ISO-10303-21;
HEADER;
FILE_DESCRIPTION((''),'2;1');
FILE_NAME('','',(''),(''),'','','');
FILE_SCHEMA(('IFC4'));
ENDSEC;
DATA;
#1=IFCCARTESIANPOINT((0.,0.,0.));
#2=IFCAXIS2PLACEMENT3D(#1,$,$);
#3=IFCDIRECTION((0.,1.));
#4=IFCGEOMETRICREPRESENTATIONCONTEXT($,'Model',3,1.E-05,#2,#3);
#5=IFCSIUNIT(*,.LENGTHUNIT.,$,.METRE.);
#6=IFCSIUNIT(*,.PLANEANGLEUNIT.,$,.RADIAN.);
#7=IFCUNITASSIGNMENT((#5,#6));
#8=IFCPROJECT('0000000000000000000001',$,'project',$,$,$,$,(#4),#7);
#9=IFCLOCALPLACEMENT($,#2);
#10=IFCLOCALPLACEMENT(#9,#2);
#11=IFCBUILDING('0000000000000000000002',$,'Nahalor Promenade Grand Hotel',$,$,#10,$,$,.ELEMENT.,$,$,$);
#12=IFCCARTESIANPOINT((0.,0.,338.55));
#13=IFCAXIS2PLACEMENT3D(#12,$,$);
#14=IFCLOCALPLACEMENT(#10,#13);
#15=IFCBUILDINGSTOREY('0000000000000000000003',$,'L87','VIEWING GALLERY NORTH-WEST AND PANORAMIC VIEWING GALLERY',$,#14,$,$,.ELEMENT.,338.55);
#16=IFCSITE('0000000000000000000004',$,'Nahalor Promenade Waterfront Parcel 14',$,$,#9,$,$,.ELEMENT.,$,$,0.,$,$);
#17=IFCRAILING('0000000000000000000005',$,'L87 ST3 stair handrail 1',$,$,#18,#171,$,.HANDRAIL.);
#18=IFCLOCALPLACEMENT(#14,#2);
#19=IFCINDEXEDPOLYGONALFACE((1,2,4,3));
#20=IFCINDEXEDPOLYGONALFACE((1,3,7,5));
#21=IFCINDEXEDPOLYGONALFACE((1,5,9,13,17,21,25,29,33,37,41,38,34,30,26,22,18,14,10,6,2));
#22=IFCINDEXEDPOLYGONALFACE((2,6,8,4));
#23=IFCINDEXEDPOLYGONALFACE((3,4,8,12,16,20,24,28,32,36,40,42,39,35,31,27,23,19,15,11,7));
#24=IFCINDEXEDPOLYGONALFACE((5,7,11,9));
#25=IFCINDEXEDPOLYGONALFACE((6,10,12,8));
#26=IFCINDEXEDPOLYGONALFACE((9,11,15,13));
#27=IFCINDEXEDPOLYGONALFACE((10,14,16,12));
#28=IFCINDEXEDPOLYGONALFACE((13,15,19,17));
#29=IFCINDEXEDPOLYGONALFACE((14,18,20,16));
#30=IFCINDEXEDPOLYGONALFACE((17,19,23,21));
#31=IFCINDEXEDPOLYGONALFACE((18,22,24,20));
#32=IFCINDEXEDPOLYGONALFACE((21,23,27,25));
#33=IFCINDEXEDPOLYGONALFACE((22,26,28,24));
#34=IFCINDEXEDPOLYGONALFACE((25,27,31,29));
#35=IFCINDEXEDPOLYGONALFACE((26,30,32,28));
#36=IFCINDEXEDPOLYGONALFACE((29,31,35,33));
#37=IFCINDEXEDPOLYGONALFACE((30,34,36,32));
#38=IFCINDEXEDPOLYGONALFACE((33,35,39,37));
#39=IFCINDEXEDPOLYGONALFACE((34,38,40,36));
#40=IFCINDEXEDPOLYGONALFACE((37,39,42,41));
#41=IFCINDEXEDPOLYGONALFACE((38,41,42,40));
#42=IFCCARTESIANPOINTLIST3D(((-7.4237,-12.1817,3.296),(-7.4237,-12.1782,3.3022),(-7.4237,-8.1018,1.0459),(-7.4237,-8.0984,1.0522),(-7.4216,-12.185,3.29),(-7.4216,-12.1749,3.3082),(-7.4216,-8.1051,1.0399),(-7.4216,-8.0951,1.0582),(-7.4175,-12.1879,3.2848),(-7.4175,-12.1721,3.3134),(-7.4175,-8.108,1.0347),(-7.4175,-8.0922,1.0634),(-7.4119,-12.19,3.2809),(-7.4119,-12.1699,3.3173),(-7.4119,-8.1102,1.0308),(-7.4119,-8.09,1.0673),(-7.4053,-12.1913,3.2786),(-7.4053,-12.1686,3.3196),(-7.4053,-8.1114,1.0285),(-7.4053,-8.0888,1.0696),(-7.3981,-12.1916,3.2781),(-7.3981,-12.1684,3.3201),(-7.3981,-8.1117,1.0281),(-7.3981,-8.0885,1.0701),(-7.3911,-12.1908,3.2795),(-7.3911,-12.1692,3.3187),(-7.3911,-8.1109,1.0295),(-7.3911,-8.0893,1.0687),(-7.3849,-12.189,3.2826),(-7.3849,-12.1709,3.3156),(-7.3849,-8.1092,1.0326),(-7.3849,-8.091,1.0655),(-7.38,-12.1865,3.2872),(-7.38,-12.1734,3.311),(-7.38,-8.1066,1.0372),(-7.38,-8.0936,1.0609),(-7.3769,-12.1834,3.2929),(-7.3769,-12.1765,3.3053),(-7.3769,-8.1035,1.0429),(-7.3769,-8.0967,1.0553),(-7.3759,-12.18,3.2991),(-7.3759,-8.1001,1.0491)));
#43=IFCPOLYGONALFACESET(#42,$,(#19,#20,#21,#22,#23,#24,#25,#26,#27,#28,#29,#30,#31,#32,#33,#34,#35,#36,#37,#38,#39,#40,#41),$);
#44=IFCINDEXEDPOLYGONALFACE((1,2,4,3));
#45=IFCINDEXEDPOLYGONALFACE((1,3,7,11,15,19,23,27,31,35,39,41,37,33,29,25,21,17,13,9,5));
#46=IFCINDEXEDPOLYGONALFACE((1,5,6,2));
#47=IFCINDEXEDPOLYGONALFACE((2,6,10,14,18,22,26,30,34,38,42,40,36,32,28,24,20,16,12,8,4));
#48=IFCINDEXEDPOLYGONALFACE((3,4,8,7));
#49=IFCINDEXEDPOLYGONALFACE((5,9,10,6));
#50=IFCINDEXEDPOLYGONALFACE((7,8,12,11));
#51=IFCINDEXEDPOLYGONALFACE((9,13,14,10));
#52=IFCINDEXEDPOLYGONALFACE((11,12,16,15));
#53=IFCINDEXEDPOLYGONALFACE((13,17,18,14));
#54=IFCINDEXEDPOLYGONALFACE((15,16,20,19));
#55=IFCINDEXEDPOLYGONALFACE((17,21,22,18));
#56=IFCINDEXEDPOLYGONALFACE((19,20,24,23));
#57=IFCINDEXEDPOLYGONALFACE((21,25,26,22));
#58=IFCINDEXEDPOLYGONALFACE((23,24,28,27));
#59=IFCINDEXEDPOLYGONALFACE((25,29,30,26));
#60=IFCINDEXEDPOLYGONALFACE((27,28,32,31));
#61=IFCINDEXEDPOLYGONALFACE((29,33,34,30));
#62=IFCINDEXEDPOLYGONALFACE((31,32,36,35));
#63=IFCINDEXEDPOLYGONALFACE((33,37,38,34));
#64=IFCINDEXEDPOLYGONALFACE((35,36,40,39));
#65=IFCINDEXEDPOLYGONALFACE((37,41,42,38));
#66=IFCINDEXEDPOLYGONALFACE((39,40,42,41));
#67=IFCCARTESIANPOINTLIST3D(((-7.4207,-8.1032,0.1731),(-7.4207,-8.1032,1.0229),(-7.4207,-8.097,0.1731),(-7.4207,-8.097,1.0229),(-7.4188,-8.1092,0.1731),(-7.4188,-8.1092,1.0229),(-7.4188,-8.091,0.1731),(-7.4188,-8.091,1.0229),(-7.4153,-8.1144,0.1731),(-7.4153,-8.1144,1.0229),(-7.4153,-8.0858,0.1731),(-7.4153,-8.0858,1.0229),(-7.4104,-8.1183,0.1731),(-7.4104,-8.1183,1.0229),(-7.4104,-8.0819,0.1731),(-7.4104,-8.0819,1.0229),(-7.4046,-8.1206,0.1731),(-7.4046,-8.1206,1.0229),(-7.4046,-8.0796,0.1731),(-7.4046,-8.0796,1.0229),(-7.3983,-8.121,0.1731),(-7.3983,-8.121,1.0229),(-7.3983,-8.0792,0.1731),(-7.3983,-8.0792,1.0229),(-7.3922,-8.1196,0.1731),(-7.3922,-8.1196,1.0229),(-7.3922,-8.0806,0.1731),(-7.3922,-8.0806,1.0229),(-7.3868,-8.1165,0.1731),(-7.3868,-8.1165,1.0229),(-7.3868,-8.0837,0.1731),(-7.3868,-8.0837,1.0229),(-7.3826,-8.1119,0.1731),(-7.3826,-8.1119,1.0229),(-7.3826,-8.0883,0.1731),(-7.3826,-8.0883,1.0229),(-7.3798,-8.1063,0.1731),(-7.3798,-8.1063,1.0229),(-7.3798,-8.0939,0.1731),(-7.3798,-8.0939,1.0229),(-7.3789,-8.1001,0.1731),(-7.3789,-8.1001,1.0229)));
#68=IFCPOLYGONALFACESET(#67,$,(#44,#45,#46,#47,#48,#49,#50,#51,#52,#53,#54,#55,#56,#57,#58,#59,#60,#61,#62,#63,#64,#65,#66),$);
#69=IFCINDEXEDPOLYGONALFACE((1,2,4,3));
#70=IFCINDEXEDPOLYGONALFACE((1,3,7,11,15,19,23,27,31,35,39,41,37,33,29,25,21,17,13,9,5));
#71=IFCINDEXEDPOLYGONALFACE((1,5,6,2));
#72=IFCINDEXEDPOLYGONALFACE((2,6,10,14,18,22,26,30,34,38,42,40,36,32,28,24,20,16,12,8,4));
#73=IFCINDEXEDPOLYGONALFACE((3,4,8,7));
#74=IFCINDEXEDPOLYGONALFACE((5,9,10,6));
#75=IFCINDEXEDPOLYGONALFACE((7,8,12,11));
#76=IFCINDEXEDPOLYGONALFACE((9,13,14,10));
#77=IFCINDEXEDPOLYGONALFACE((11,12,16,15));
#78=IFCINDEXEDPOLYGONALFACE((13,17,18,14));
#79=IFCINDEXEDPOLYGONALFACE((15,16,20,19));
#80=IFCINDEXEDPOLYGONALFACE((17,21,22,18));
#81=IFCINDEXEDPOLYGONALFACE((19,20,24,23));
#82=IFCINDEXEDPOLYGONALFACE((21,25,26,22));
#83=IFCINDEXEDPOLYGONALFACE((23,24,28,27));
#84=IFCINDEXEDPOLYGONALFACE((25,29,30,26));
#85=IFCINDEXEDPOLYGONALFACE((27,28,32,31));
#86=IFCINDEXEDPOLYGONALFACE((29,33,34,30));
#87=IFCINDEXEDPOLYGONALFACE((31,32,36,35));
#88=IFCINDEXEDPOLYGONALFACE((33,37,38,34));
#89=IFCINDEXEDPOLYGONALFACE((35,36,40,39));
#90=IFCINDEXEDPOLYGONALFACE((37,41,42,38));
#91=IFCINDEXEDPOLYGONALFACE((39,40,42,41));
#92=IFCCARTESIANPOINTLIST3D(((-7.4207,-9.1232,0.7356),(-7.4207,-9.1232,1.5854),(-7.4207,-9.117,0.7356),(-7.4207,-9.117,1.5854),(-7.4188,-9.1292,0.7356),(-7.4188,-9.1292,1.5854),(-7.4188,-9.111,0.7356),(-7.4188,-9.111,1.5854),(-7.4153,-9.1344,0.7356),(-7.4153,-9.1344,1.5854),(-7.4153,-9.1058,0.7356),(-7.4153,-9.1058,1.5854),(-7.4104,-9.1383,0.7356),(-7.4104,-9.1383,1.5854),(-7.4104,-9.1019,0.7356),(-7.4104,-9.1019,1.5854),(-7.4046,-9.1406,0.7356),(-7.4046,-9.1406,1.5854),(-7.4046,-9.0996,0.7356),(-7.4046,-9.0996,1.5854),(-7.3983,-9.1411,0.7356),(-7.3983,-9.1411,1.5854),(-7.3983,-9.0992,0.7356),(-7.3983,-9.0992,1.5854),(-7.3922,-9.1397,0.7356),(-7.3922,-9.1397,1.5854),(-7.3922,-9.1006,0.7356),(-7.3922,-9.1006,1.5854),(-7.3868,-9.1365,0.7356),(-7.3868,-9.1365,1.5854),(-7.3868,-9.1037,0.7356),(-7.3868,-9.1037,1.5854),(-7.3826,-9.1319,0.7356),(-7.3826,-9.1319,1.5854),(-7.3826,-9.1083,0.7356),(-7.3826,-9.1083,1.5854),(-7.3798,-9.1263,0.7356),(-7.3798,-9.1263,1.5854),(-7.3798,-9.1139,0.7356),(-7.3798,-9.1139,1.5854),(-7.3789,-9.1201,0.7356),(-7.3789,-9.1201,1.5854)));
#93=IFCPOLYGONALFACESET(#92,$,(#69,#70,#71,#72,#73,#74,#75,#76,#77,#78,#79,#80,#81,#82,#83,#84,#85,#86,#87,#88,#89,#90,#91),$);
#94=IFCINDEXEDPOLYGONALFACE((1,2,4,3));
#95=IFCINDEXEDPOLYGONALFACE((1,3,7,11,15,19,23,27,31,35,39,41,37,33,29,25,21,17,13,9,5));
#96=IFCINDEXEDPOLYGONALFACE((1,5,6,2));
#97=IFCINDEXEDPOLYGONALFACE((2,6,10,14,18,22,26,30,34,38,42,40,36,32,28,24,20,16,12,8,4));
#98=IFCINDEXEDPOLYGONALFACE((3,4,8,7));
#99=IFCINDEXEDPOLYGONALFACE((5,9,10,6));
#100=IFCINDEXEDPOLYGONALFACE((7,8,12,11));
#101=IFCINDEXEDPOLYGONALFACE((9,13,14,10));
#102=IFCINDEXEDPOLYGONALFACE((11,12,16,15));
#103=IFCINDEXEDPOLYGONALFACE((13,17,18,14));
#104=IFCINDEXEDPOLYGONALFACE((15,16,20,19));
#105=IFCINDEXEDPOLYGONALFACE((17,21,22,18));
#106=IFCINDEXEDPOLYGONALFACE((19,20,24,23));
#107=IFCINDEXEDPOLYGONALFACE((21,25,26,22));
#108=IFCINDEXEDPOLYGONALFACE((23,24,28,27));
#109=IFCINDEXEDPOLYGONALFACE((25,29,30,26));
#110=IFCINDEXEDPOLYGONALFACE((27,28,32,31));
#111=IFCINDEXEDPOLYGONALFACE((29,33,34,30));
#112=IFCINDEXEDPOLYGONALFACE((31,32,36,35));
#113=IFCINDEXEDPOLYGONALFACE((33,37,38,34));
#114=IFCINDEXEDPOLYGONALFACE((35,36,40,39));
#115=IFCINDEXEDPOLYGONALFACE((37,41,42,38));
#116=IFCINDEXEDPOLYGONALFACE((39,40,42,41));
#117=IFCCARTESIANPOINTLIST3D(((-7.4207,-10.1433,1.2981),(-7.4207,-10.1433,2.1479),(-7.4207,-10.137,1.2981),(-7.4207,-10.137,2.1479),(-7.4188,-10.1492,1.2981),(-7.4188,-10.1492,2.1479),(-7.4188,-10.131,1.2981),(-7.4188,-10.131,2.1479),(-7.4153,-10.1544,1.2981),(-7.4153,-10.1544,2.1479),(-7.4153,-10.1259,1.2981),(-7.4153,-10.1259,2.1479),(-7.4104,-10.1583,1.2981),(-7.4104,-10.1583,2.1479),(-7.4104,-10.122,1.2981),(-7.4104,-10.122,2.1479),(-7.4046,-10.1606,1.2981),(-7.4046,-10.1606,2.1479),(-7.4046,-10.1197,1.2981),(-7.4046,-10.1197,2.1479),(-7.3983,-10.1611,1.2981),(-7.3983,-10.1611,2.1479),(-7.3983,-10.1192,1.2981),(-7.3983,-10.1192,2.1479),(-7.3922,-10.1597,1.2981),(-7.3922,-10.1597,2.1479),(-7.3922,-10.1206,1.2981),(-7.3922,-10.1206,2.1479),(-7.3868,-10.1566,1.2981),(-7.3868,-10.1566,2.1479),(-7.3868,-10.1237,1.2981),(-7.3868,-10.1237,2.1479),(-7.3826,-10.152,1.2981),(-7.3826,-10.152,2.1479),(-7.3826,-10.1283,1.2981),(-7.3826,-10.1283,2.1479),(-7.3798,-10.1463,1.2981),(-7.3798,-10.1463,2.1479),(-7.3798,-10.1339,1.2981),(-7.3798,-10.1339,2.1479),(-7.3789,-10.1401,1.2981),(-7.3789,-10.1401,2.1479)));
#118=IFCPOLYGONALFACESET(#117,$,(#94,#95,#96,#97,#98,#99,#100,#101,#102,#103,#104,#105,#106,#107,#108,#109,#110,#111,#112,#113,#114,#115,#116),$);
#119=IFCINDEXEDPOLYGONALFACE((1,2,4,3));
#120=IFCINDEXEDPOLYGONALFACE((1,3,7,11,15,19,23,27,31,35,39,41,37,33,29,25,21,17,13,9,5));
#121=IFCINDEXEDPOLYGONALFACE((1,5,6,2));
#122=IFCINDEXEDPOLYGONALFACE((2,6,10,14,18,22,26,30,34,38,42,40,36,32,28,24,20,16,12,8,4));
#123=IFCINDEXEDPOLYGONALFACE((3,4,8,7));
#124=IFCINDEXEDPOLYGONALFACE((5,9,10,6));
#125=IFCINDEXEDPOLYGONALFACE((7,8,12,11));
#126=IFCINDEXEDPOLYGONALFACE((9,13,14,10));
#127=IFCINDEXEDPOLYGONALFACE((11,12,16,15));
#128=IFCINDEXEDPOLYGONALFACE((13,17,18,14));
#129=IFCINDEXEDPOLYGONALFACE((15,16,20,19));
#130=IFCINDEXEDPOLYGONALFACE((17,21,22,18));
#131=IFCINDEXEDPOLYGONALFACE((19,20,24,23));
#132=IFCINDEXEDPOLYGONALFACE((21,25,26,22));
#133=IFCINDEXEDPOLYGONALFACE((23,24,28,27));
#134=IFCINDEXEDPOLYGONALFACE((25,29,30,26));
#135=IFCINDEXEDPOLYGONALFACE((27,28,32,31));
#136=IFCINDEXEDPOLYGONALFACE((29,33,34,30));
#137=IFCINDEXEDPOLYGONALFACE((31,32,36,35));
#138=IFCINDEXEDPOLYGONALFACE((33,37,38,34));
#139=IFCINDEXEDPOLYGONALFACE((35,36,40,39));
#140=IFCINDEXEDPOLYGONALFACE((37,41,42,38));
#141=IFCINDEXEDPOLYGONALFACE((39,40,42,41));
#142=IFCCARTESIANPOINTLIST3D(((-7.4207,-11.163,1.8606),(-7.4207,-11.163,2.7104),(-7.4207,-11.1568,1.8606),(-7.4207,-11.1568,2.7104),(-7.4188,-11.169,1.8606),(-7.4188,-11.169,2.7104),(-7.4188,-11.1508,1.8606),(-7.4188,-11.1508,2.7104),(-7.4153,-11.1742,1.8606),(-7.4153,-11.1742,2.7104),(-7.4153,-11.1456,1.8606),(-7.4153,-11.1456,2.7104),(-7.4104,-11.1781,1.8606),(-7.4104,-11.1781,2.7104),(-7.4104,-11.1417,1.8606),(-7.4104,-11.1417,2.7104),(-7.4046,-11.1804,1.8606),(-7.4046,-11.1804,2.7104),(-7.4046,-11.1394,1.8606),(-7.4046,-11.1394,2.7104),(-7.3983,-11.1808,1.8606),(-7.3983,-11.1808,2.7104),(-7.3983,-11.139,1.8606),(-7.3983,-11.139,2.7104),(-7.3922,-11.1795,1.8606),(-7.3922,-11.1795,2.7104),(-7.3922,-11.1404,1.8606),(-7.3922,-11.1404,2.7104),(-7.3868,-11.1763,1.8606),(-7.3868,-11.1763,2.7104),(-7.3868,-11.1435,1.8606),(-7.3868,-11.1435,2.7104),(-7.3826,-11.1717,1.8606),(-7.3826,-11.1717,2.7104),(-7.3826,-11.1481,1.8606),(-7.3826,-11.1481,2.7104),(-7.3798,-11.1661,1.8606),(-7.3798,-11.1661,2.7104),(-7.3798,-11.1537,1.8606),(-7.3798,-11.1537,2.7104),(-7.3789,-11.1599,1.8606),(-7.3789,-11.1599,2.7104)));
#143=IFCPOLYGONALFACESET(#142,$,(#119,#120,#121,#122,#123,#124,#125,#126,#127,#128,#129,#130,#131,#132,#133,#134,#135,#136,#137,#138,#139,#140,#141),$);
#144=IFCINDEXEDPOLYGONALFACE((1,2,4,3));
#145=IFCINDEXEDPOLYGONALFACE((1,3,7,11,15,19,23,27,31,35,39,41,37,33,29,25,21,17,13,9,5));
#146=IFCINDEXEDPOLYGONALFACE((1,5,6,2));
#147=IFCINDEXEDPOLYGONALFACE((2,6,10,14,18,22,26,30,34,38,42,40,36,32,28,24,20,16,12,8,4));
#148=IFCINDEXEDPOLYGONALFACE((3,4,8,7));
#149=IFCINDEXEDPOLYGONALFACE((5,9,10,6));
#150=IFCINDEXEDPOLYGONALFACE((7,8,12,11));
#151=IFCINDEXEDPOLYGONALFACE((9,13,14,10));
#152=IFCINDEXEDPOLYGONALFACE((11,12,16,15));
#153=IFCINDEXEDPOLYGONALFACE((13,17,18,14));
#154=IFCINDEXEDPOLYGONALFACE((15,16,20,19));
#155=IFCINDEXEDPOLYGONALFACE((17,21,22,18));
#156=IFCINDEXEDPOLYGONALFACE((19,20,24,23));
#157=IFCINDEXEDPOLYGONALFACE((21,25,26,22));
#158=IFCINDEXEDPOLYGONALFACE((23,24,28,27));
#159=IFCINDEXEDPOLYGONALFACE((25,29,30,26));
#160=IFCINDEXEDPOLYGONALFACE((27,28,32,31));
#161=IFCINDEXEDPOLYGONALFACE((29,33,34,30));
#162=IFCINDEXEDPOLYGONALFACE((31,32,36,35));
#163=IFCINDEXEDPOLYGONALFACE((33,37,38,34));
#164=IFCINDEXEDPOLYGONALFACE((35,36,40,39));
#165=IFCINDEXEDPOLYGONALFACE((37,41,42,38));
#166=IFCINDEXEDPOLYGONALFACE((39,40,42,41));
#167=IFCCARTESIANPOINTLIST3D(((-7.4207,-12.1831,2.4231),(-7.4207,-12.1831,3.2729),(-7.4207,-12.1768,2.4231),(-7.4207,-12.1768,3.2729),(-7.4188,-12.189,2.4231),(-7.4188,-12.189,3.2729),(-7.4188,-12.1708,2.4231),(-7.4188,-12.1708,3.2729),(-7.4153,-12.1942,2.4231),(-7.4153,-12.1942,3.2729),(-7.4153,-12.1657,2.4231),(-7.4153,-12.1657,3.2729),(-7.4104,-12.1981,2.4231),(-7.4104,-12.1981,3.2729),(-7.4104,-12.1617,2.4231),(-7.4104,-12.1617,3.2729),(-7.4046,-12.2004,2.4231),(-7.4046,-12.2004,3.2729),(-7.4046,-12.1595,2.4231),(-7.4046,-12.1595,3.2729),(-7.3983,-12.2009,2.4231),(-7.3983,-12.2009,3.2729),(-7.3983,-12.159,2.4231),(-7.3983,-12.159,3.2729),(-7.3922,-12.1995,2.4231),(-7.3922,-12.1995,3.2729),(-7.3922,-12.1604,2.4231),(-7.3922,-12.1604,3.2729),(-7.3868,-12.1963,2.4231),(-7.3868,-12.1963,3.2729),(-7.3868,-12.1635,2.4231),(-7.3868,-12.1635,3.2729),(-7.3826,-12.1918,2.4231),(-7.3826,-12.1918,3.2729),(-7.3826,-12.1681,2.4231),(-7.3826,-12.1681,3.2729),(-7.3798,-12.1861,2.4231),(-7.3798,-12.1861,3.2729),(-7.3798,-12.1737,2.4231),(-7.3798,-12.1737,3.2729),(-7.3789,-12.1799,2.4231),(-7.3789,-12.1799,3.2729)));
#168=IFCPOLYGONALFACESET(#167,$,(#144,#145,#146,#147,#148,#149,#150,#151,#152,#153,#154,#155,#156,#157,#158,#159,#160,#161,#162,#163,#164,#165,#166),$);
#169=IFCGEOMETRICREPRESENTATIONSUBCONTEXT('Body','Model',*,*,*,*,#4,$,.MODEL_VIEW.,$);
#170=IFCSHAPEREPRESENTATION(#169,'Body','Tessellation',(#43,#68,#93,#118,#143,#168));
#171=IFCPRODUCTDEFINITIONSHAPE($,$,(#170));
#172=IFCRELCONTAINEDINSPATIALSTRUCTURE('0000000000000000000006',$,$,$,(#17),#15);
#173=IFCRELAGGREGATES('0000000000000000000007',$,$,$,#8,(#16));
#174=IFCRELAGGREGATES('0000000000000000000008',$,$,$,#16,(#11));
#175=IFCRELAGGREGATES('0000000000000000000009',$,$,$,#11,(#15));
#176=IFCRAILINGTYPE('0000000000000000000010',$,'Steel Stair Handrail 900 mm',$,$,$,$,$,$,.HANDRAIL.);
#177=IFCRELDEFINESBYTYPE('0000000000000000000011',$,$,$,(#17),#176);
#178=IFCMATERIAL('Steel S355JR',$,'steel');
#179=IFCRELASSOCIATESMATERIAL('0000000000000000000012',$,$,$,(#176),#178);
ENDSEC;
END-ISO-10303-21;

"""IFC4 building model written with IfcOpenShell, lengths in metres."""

from ifc_helpers import new_model, si_unit, direction, frame, origin, origin_2d, place, context, subcontext, project, spatial, circle, extrude, material, type_object, element, save


model = new_model("IFC4")

# Units and contexts
model_context = context("Model", 3, precision=1e-05, world=origin(), true_north=direction((0.0, 1.0)))
body_context = subcontext(model_context, "Body", "Model", "MODEL_VIEW")
ifc_project = project(units=[si_unit("LENGTHUNIT", "METRE"), si_unit("PLANEANGLEUNIT", "RADIAN")], contexts=[model_context])

# Site, building, storey
site_placement = place(None, origin())
site = spatial("IfcSite", under=ifc_project, at=site_placement, Name="Nahalor Promenade Waterfront Parcel 14", CompositionType="ELEMENT", RefElevation=0.0)
building_placement = place(site_placement, origin())
building = spatial("IfcBuilding", under=site, at=building_placement, Name="Nahalor Promenade Grand Hotel", CompositionType="ELEMENT")
storey_placement = place(building_placement, frame((0.0, 0.0, 338.55)))
storey = spatial("IfcBuildingStorey", under=building, at=storey_placement, Name="L87", Description="VIEWING GALLERY NORTH-WEST AND PANORAMIC VIEWING GALLERY", CompositionType="ELEMENT", Elevation=338.55)

# Shared definitions
ifc_material_1 = material(Name="Steel S355JR", Category="steel")

# Railing
railing_type_1 = type_object("IfcRailingType", Name="Steel Stair Handrail 900 mm", PredefinedType="HANDRAIL", material=ifc_material_1)
railing_1_placement = place(storey_placement, frame((-7.3999, -8.1001, 0.1731)))
element("IfcRailing", 1, at=railing_1_placement, inside=storey, type_object=railing_type_1, Name="L87 ST3 stair handrail 1", PredefinedType="HANDRAIL", context=body_context, shape_type="SweptSolid", body=[
    extrude(circle(Radius=0.024, at=origin_2d()), frame((0.0, 0.0, 0.876), z_axis=(0.0, -0.875663, 0.482922), x_axis=(1.0, 0.0, 0.0)), (0.0, 0.0, 1.0), 4.6592),
    extrude(circle(Radius=0.021, at=origin_2d()), origin(), (0.0, 0.0, 1.0), 0.8499),
    extrude(circle(Radius=0.021, at=origin_2d()), frame((0.0, -1.02, 0.5625)), (0.0, 0.0, 1.0), 0.8499),
    extrude(circle(Radius=0.021, at=origin_2d()), frame((0.0, -2.04, 1.125)), (0.0, 0.0, 1.0), 0.8499),
    extrude(circle(Radius=0.021, at=origin_2d()), frame((0.0, -3.0598, 1.6875)), (0.0, 0.0, 1.0), 0.8499),
    extrude(circle(Radius=0.021, at=origin_2d()), frame((0.0, -4.0798, 2.25)), (0.0, 0.0, 1.0), 0.8499),
])

save(model, "model.ifc")
